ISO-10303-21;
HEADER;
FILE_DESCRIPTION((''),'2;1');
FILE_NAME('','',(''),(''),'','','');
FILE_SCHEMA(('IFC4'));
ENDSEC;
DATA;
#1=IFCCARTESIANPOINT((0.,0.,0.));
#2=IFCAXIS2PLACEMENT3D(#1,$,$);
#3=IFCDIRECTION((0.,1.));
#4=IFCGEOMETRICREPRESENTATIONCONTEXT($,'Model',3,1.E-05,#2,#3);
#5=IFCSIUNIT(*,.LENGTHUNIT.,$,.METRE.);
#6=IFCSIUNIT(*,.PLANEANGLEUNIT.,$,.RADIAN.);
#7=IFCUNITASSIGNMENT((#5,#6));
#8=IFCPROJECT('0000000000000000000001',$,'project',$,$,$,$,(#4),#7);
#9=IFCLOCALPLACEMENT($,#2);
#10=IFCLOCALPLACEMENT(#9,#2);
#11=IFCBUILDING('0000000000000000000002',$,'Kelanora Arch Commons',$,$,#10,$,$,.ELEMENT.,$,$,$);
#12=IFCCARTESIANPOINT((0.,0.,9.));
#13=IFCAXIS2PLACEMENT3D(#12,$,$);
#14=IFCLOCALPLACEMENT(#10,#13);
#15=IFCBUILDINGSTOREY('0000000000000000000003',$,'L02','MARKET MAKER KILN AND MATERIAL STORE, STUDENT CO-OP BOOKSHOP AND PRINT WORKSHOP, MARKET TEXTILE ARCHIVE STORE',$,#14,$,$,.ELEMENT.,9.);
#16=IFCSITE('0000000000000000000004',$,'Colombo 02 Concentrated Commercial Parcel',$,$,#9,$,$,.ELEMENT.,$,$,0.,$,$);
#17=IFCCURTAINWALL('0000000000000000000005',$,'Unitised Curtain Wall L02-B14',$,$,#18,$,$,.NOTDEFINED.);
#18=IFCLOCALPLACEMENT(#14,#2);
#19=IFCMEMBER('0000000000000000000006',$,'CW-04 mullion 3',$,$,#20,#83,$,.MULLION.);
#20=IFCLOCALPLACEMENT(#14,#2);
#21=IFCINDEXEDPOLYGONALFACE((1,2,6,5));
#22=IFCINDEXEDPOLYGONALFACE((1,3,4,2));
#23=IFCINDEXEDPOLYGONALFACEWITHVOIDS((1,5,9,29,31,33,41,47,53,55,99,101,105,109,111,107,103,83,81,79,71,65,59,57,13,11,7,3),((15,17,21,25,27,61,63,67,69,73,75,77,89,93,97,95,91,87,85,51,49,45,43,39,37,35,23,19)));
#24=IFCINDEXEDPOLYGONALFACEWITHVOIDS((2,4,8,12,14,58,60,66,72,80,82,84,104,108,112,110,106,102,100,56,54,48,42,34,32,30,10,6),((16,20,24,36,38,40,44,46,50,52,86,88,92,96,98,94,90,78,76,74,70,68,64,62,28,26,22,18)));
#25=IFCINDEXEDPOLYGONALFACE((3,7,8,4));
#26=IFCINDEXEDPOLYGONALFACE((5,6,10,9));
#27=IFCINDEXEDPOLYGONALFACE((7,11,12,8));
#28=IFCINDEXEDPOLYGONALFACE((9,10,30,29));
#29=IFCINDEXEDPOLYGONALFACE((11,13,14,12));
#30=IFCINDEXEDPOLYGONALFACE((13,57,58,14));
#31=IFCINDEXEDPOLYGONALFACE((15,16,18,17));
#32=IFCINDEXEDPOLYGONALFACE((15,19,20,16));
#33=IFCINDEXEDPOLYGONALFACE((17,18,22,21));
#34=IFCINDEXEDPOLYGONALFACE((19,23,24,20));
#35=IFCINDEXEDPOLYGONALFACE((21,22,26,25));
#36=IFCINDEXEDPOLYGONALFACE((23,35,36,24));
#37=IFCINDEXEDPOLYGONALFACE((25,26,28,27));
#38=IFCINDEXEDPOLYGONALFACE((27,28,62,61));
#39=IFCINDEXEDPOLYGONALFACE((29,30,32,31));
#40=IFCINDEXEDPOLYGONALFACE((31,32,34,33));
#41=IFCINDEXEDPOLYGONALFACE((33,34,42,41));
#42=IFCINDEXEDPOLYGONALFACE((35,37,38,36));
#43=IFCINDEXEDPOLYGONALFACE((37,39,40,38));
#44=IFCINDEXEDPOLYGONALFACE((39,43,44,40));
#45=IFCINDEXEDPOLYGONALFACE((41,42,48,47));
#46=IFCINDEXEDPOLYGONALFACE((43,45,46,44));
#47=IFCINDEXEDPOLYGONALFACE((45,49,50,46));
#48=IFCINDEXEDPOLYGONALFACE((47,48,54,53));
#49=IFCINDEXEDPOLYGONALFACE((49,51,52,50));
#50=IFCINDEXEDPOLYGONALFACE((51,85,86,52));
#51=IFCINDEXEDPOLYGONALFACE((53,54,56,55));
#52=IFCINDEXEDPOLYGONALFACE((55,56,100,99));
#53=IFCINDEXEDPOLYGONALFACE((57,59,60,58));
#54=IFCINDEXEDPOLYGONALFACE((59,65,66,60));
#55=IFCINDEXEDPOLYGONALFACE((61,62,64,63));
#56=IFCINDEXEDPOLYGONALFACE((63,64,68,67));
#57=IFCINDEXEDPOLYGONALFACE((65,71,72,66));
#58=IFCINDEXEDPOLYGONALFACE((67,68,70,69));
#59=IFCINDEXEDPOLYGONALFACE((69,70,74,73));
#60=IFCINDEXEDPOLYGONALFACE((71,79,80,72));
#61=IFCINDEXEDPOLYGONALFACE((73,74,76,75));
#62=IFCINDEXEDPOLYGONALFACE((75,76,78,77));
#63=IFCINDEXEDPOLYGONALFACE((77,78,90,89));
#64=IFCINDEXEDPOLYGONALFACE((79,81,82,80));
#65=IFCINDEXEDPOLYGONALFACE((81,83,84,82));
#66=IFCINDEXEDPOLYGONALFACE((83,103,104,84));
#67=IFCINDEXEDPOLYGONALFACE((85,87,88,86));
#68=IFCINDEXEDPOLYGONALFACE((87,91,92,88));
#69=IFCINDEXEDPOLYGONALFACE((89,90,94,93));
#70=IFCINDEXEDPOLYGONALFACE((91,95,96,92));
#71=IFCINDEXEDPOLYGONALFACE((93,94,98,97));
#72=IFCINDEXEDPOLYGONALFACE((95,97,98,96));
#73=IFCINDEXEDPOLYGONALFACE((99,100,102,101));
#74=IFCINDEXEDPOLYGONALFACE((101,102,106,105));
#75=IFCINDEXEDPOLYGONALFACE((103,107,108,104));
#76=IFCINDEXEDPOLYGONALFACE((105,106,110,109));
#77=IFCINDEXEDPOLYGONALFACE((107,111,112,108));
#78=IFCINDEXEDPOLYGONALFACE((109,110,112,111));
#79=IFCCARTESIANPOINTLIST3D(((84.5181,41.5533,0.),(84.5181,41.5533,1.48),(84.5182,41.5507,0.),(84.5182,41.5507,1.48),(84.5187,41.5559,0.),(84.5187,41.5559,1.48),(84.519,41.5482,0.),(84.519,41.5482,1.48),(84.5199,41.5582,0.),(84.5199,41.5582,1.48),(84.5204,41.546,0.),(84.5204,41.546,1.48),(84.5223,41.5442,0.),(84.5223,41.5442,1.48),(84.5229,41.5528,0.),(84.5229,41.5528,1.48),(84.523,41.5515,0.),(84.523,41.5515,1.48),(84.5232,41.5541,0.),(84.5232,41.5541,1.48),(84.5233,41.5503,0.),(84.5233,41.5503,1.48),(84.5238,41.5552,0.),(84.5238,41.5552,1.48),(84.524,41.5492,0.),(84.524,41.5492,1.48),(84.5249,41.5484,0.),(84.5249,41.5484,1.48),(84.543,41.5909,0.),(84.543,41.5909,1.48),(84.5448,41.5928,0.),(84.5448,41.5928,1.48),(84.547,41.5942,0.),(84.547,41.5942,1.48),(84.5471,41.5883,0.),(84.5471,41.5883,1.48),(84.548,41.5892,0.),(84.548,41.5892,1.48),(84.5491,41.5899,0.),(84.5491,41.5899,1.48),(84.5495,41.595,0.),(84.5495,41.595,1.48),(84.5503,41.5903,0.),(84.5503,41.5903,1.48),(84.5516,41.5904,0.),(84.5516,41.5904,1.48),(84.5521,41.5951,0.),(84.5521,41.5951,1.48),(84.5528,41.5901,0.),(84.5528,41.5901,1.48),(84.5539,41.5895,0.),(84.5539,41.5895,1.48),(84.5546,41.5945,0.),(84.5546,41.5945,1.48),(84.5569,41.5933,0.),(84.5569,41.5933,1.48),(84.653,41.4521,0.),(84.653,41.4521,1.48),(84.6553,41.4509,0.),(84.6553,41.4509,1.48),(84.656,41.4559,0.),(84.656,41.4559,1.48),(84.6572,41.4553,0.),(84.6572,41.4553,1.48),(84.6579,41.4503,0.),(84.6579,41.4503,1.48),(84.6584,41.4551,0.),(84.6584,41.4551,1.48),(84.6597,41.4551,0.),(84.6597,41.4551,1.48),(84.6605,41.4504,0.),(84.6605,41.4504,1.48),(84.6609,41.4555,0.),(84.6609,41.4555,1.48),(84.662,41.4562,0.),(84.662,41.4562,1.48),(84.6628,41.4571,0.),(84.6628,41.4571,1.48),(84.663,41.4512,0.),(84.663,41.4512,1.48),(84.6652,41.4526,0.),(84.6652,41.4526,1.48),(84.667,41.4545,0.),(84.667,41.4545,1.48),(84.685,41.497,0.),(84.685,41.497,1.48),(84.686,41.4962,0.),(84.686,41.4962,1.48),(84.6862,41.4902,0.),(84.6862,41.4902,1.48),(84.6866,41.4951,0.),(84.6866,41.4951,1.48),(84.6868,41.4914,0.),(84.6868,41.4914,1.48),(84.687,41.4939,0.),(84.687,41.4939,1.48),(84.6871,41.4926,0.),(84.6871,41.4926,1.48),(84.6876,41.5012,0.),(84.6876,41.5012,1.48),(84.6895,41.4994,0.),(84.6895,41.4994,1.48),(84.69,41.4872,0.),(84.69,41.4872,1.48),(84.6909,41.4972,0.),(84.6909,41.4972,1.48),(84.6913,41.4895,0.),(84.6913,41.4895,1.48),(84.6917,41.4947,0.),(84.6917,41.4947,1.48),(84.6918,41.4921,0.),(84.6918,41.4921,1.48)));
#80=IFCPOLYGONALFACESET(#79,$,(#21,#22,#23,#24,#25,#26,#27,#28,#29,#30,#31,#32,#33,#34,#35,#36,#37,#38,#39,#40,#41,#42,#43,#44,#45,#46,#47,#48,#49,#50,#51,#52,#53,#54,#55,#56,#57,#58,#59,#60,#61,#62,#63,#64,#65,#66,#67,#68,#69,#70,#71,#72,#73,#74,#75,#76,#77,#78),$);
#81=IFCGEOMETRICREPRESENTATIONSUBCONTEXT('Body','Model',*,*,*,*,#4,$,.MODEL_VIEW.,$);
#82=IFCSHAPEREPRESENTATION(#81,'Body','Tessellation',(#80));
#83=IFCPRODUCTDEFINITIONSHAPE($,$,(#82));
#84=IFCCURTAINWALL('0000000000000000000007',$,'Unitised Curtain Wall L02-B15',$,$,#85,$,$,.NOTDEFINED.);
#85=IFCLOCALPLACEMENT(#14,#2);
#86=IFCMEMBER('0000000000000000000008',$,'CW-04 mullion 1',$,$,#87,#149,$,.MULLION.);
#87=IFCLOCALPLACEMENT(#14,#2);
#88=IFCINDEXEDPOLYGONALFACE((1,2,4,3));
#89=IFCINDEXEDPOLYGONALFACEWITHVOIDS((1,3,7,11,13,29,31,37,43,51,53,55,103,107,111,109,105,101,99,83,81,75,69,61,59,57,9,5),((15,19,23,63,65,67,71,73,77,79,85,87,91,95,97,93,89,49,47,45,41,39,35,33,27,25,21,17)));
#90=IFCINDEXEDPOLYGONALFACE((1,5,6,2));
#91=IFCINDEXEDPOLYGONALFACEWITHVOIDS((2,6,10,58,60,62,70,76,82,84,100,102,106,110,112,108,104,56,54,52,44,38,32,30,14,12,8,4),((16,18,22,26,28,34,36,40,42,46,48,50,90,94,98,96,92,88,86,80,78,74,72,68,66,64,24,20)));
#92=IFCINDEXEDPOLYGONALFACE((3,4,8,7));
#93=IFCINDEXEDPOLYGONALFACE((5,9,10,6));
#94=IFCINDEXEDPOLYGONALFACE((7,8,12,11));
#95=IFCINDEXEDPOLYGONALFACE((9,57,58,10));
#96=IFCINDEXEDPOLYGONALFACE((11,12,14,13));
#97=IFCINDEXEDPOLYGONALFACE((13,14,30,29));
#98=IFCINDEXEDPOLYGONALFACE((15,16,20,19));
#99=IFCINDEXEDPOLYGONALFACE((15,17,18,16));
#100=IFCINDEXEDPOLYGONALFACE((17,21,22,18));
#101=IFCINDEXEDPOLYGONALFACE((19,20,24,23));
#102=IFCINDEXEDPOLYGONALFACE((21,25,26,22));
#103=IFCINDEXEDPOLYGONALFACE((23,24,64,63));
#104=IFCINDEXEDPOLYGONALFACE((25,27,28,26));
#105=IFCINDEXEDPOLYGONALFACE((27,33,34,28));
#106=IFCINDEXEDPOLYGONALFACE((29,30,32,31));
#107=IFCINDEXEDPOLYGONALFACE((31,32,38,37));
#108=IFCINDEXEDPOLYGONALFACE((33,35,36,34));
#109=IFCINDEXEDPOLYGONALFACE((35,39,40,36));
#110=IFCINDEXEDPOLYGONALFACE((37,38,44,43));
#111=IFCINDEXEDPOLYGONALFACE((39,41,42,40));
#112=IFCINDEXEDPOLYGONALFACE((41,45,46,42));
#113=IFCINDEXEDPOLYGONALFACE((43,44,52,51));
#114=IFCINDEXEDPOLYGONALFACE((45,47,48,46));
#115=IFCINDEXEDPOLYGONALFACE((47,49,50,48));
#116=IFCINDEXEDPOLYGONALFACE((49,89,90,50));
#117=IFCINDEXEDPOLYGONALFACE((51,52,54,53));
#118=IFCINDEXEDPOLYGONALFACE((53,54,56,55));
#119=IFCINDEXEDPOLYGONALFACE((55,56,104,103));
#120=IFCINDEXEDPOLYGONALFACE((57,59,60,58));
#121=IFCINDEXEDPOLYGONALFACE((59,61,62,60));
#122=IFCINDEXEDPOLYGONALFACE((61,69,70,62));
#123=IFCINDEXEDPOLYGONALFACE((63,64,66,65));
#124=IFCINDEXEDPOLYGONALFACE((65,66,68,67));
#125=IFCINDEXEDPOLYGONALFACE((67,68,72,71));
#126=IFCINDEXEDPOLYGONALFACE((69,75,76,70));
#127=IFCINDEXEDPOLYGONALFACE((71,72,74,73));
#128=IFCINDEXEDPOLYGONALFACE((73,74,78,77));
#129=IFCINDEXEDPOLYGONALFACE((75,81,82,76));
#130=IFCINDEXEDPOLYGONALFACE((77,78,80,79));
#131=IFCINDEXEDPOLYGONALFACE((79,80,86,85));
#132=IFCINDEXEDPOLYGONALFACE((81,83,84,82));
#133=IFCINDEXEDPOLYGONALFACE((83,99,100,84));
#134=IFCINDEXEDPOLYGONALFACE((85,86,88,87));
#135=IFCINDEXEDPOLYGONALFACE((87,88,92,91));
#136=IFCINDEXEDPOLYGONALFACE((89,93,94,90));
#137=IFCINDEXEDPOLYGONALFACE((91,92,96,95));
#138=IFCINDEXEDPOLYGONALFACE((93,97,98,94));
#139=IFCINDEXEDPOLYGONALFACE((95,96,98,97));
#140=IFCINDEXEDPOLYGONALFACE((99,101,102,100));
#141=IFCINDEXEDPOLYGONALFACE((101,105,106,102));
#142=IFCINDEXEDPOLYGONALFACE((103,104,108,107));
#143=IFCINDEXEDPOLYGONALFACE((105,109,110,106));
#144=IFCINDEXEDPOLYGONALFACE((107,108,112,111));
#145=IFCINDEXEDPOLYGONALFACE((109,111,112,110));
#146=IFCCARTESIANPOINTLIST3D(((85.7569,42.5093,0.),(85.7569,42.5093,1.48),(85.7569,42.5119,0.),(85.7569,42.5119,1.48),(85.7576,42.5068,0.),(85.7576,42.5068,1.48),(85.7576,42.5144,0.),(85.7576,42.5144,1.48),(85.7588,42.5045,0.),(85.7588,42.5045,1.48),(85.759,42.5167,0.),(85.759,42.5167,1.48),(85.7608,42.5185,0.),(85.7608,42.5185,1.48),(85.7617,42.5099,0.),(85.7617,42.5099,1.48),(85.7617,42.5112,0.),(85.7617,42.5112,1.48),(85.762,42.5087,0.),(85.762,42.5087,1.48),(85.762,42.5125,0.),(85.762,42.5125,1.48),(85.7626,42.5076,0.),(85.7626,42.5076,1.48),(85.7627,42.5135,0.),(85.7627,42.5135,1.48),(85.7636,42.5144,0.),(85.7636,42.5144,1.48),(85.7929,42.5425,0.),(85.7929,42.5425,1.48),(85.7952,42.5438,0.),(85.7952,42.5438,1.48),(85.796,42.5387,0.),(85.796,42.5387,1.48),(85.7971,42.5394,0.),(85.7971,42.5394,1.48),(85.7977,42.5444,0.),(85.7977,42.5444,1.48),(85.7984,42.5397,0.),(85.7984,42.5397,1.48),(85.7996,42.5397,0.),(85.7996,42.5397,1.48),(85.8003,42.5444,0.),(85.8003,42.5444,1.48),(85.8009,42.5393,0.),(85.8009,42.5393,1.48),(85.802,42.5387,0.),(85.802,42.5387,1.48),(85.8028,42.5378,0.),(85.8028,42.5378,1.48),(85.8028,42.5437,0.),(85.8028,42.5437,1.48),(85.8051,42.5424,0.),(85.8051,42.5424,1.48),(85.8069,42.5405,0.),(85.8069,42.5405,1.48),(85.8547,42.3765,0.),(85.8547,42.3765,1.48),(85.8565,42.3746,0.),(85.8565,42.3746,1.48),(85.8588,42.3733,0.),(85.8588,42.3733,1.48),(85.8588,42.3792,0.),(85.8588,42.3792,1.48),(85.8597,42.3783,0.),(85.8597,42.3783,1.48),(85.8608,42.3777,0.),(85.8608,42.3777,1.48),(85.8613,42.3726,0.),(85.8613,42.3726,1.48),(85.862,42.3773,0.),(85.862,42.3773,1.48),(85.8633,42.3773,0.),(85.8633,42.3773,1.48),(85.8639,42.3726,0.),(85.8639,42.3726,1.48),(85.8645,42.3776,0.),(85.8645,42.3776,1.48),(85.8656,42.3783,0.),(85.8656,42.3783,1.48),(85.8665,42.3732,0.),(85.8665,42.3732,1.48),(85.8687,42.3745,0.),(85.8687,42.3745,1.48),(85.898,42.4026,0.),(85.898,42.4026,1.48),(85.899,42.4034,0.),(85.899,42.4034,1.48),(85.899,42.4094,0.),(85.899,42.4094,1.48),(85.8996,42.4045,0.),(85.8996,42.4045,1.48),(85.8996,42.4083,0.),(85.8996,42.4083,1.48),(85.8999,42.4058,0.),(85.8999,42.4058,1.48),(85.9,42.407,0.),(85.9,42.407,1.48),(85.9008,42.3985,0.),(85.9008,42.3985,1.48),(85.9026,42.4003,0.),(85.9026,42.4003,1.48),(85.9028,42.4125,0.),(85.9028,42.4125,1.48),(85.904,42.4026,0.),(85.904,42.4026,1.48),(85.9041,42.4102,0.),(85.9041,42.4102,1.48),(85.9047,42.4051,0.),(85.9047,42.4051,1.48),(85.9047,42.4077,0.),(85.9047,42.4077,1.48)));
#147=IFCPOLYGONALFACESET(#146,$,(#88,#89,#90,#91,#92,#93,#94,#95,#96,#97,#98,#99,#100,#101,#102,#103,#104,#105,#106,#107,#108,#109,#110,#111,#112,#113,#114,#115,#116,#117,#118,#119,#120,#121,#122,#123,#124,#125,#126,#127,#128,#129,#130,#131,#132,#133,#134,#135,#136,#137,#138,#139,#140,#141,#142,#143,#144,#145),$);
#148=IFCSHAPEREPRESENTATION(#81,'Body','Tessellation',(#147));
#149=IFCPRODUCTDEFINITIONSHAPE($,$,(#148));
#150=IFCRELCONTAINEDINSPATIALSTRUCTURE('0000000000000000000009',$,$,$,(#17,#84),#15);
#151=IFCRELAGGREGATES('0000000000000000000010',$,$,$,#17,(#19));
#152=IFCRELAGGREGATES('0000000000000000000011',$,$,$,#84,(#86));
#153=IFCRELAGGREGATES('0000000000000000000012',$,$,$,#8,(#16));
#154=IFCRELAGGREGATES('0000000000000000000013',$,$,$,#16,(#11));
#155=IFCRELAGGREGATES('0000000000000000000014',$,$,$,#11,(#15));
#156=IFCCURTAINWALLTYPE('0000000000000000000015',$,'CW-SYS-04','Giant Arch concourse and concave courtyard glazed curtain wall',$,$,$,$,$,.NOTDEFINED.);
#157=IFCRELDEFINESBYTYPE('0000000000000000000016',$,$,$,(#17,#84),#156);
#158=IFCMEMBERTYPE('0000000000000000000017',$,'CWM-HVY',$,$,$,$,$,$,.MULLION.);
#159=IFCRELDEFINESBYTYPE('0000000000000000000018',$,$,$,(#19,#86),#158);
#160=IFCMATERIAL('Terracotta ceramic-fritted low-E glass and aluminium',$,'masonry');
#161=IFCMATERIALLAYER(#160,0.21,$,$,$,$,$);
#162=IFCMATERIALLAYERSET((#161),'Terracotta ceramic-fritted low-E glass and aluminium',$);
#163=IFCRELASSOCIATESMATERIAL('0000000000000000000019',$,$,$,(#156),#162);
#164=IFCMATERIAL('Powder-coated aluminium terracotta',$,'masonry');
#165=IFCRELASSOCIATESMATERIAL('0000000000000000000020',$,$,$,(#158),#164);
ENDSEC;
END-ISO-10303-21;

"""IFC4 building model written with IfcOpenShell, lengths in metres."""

from ifc_helpers import new_model, si_unit, direction, frame, origin, origin_2d, place, context, subcontext, project, spatial, hollow_rectangle, extrude, material, layer, layer_set, material_profile, profile_set, type_object, element, aggregate, save


model = new_model("IFC4")

# Units and contexts
model_context = context("Model", 3, precision=1e-05, world=origin(), true_north=direction((0.0, 1.0)))
body_context = subcontext(model_context, "Body", "Model", "MODEL_VIEW")
ifc_project = project(units=[si_unit("LENGTHUNIT", "METRE"), si_unit("PLANEANGLEUNIT", "RADIAN")], contexts=[model_context])

# Site, building, storey
site_placement = place(None, origin())
site = spatial("IfcSite", under=ifc_project, at=site_placement, Name="Colombo 02 Concentrated Commercial Parcel", CompositionType="ELEMENT", RefElevation=0.0)
building_placement = place(site_placement, origin())
building = spatial("IfcBuilding", under=site, at=building_placement, Name="Kelanora Arch Commons", CompositionType="ELEMENT")
storey_placement = place(building_placement, frame((0.0, 0.0, 9.0)))
storey = spatial("IfcBuildingStorey", under=building, at=storey_placement, Name="L02", Description="MARKET MAKER KILN AND MATERIAL STORE, STUDENT CO-OP BOOKSHOP AND PRINT WORKSHOP, MARKET TEXTILE ARCHIVE STORE", CompositionType="ELEMENT", Elevation=9.0)

# Curtain wall, member
ifc_material_1 = material(Name="Terracotta ceramic-fritted low-E glass and aluminium", Category="masonry")
ifc_layer_1 = layer(ifc_material_1, 0.21)
ifc_layer_set_1 = layer_set([ifc_layer_1], Name="Terracotta ceramic-fritted low-E glass and aluminium")
curtain_wall_type = type_object("IfcCurtainWallType", Name="CW-SYS-04", Description="Giant Arch concourse and concave courtyard glazed curtain wall", PredefinedType="NOTDEFINED", material=ifc_layer_set_1)
curtain_wall_1_placement = place(storey_placement, origin())
curtain_wall_1 = element("IfcCurtainWall", 1, at=curtain_wall_1_placement, inside=storey, type_object=curtain_wall_type, Name="Unitised Curtain Wall L02-B14", PredefinedType="NOTDEFINED")
ifc_material_2 = material(Name="Powder-coated aluminium terracotta", Category="masonry")
ifc_material_profile_1 = material_profile(ifc_material_2, hollow_rectangle(XDim=0.1799, YDim=0.0601, WallThickness=0.0049, InnerFilletRadius=0.0049, OuterFilletRadius=0.01, at=origin_2d()), Name="CWM180x60")
ifc_profile_set_1 = profile_set([ifc_material_profile_1], Name="Powder-coated aluminium terracotta")
member_type_1 = type_object("IfcMemberType", Name="CWM-HVY", PredefinedType="MULLION", material=ifc_profile_set_1)
member_1_placement = place(storey_placement, frame((84.605, 41.5227, 0.0), z_axis=(0.0, 0.0, 1.0), x_axis=(-0.817206, 0.576345, 0.0)))
member_1 = element("IfcMember", 2, at=member_1_placement, type_object=member_type_1, Name="CW-04 mullion 3", PredefinedType="MULLION", context=body_context, shape_type="SweptSolid", body=[
    extrude(hollow_rectangle(XDim=0.1799, YDim=0.0601, WallThickness=0.0049, InnerFilletRadius=0.0049, OuterFilletRadius=0.01, at=origin_2d()), origin(), (0.0, 0.0, 1.0), 1.48),
])

# Curtain wall, member
curtain_wall_2_placement = place(storey_placement, origin())
curtain_wall_2 = element("IfcCurtainWall", 3, at=curtain_wall_2_placement, inside=storey, type_object=curtain_wall_type, Name="Unitised Curtain Wall L02-B15", PredefinedType="NOTDEFINED")
member_2_placement = place(storey_placement, frame((85.8308, 42.4585, 0.0), z_axis=(0.0, 0.0, 1.0), x_axis=(-0.599588, 0.800309, 0.0)))
member_2 = element("IfcMember", 4, at=member_2_placement, type_object=member_type_1, Name="CW-04 mullion 1", PredefinedType="MULLION", context=body_context, shape_type="SweptSolid", body=[
    extrude(hollow_rectangle(XDim=0.1799, YDim=0.0601, WallThickness=0.0049, InnerFilletRadius=0.0049, OuterFilletRadius=0.01, at=origin_2d()), origin(), (0.0, 0.0, 1.0), 1.48),
])

aggregate(curtain_wall_1, [member_1])
aggregate(curtain_wall_2, [member_2])

save(model, "model.ifc")
